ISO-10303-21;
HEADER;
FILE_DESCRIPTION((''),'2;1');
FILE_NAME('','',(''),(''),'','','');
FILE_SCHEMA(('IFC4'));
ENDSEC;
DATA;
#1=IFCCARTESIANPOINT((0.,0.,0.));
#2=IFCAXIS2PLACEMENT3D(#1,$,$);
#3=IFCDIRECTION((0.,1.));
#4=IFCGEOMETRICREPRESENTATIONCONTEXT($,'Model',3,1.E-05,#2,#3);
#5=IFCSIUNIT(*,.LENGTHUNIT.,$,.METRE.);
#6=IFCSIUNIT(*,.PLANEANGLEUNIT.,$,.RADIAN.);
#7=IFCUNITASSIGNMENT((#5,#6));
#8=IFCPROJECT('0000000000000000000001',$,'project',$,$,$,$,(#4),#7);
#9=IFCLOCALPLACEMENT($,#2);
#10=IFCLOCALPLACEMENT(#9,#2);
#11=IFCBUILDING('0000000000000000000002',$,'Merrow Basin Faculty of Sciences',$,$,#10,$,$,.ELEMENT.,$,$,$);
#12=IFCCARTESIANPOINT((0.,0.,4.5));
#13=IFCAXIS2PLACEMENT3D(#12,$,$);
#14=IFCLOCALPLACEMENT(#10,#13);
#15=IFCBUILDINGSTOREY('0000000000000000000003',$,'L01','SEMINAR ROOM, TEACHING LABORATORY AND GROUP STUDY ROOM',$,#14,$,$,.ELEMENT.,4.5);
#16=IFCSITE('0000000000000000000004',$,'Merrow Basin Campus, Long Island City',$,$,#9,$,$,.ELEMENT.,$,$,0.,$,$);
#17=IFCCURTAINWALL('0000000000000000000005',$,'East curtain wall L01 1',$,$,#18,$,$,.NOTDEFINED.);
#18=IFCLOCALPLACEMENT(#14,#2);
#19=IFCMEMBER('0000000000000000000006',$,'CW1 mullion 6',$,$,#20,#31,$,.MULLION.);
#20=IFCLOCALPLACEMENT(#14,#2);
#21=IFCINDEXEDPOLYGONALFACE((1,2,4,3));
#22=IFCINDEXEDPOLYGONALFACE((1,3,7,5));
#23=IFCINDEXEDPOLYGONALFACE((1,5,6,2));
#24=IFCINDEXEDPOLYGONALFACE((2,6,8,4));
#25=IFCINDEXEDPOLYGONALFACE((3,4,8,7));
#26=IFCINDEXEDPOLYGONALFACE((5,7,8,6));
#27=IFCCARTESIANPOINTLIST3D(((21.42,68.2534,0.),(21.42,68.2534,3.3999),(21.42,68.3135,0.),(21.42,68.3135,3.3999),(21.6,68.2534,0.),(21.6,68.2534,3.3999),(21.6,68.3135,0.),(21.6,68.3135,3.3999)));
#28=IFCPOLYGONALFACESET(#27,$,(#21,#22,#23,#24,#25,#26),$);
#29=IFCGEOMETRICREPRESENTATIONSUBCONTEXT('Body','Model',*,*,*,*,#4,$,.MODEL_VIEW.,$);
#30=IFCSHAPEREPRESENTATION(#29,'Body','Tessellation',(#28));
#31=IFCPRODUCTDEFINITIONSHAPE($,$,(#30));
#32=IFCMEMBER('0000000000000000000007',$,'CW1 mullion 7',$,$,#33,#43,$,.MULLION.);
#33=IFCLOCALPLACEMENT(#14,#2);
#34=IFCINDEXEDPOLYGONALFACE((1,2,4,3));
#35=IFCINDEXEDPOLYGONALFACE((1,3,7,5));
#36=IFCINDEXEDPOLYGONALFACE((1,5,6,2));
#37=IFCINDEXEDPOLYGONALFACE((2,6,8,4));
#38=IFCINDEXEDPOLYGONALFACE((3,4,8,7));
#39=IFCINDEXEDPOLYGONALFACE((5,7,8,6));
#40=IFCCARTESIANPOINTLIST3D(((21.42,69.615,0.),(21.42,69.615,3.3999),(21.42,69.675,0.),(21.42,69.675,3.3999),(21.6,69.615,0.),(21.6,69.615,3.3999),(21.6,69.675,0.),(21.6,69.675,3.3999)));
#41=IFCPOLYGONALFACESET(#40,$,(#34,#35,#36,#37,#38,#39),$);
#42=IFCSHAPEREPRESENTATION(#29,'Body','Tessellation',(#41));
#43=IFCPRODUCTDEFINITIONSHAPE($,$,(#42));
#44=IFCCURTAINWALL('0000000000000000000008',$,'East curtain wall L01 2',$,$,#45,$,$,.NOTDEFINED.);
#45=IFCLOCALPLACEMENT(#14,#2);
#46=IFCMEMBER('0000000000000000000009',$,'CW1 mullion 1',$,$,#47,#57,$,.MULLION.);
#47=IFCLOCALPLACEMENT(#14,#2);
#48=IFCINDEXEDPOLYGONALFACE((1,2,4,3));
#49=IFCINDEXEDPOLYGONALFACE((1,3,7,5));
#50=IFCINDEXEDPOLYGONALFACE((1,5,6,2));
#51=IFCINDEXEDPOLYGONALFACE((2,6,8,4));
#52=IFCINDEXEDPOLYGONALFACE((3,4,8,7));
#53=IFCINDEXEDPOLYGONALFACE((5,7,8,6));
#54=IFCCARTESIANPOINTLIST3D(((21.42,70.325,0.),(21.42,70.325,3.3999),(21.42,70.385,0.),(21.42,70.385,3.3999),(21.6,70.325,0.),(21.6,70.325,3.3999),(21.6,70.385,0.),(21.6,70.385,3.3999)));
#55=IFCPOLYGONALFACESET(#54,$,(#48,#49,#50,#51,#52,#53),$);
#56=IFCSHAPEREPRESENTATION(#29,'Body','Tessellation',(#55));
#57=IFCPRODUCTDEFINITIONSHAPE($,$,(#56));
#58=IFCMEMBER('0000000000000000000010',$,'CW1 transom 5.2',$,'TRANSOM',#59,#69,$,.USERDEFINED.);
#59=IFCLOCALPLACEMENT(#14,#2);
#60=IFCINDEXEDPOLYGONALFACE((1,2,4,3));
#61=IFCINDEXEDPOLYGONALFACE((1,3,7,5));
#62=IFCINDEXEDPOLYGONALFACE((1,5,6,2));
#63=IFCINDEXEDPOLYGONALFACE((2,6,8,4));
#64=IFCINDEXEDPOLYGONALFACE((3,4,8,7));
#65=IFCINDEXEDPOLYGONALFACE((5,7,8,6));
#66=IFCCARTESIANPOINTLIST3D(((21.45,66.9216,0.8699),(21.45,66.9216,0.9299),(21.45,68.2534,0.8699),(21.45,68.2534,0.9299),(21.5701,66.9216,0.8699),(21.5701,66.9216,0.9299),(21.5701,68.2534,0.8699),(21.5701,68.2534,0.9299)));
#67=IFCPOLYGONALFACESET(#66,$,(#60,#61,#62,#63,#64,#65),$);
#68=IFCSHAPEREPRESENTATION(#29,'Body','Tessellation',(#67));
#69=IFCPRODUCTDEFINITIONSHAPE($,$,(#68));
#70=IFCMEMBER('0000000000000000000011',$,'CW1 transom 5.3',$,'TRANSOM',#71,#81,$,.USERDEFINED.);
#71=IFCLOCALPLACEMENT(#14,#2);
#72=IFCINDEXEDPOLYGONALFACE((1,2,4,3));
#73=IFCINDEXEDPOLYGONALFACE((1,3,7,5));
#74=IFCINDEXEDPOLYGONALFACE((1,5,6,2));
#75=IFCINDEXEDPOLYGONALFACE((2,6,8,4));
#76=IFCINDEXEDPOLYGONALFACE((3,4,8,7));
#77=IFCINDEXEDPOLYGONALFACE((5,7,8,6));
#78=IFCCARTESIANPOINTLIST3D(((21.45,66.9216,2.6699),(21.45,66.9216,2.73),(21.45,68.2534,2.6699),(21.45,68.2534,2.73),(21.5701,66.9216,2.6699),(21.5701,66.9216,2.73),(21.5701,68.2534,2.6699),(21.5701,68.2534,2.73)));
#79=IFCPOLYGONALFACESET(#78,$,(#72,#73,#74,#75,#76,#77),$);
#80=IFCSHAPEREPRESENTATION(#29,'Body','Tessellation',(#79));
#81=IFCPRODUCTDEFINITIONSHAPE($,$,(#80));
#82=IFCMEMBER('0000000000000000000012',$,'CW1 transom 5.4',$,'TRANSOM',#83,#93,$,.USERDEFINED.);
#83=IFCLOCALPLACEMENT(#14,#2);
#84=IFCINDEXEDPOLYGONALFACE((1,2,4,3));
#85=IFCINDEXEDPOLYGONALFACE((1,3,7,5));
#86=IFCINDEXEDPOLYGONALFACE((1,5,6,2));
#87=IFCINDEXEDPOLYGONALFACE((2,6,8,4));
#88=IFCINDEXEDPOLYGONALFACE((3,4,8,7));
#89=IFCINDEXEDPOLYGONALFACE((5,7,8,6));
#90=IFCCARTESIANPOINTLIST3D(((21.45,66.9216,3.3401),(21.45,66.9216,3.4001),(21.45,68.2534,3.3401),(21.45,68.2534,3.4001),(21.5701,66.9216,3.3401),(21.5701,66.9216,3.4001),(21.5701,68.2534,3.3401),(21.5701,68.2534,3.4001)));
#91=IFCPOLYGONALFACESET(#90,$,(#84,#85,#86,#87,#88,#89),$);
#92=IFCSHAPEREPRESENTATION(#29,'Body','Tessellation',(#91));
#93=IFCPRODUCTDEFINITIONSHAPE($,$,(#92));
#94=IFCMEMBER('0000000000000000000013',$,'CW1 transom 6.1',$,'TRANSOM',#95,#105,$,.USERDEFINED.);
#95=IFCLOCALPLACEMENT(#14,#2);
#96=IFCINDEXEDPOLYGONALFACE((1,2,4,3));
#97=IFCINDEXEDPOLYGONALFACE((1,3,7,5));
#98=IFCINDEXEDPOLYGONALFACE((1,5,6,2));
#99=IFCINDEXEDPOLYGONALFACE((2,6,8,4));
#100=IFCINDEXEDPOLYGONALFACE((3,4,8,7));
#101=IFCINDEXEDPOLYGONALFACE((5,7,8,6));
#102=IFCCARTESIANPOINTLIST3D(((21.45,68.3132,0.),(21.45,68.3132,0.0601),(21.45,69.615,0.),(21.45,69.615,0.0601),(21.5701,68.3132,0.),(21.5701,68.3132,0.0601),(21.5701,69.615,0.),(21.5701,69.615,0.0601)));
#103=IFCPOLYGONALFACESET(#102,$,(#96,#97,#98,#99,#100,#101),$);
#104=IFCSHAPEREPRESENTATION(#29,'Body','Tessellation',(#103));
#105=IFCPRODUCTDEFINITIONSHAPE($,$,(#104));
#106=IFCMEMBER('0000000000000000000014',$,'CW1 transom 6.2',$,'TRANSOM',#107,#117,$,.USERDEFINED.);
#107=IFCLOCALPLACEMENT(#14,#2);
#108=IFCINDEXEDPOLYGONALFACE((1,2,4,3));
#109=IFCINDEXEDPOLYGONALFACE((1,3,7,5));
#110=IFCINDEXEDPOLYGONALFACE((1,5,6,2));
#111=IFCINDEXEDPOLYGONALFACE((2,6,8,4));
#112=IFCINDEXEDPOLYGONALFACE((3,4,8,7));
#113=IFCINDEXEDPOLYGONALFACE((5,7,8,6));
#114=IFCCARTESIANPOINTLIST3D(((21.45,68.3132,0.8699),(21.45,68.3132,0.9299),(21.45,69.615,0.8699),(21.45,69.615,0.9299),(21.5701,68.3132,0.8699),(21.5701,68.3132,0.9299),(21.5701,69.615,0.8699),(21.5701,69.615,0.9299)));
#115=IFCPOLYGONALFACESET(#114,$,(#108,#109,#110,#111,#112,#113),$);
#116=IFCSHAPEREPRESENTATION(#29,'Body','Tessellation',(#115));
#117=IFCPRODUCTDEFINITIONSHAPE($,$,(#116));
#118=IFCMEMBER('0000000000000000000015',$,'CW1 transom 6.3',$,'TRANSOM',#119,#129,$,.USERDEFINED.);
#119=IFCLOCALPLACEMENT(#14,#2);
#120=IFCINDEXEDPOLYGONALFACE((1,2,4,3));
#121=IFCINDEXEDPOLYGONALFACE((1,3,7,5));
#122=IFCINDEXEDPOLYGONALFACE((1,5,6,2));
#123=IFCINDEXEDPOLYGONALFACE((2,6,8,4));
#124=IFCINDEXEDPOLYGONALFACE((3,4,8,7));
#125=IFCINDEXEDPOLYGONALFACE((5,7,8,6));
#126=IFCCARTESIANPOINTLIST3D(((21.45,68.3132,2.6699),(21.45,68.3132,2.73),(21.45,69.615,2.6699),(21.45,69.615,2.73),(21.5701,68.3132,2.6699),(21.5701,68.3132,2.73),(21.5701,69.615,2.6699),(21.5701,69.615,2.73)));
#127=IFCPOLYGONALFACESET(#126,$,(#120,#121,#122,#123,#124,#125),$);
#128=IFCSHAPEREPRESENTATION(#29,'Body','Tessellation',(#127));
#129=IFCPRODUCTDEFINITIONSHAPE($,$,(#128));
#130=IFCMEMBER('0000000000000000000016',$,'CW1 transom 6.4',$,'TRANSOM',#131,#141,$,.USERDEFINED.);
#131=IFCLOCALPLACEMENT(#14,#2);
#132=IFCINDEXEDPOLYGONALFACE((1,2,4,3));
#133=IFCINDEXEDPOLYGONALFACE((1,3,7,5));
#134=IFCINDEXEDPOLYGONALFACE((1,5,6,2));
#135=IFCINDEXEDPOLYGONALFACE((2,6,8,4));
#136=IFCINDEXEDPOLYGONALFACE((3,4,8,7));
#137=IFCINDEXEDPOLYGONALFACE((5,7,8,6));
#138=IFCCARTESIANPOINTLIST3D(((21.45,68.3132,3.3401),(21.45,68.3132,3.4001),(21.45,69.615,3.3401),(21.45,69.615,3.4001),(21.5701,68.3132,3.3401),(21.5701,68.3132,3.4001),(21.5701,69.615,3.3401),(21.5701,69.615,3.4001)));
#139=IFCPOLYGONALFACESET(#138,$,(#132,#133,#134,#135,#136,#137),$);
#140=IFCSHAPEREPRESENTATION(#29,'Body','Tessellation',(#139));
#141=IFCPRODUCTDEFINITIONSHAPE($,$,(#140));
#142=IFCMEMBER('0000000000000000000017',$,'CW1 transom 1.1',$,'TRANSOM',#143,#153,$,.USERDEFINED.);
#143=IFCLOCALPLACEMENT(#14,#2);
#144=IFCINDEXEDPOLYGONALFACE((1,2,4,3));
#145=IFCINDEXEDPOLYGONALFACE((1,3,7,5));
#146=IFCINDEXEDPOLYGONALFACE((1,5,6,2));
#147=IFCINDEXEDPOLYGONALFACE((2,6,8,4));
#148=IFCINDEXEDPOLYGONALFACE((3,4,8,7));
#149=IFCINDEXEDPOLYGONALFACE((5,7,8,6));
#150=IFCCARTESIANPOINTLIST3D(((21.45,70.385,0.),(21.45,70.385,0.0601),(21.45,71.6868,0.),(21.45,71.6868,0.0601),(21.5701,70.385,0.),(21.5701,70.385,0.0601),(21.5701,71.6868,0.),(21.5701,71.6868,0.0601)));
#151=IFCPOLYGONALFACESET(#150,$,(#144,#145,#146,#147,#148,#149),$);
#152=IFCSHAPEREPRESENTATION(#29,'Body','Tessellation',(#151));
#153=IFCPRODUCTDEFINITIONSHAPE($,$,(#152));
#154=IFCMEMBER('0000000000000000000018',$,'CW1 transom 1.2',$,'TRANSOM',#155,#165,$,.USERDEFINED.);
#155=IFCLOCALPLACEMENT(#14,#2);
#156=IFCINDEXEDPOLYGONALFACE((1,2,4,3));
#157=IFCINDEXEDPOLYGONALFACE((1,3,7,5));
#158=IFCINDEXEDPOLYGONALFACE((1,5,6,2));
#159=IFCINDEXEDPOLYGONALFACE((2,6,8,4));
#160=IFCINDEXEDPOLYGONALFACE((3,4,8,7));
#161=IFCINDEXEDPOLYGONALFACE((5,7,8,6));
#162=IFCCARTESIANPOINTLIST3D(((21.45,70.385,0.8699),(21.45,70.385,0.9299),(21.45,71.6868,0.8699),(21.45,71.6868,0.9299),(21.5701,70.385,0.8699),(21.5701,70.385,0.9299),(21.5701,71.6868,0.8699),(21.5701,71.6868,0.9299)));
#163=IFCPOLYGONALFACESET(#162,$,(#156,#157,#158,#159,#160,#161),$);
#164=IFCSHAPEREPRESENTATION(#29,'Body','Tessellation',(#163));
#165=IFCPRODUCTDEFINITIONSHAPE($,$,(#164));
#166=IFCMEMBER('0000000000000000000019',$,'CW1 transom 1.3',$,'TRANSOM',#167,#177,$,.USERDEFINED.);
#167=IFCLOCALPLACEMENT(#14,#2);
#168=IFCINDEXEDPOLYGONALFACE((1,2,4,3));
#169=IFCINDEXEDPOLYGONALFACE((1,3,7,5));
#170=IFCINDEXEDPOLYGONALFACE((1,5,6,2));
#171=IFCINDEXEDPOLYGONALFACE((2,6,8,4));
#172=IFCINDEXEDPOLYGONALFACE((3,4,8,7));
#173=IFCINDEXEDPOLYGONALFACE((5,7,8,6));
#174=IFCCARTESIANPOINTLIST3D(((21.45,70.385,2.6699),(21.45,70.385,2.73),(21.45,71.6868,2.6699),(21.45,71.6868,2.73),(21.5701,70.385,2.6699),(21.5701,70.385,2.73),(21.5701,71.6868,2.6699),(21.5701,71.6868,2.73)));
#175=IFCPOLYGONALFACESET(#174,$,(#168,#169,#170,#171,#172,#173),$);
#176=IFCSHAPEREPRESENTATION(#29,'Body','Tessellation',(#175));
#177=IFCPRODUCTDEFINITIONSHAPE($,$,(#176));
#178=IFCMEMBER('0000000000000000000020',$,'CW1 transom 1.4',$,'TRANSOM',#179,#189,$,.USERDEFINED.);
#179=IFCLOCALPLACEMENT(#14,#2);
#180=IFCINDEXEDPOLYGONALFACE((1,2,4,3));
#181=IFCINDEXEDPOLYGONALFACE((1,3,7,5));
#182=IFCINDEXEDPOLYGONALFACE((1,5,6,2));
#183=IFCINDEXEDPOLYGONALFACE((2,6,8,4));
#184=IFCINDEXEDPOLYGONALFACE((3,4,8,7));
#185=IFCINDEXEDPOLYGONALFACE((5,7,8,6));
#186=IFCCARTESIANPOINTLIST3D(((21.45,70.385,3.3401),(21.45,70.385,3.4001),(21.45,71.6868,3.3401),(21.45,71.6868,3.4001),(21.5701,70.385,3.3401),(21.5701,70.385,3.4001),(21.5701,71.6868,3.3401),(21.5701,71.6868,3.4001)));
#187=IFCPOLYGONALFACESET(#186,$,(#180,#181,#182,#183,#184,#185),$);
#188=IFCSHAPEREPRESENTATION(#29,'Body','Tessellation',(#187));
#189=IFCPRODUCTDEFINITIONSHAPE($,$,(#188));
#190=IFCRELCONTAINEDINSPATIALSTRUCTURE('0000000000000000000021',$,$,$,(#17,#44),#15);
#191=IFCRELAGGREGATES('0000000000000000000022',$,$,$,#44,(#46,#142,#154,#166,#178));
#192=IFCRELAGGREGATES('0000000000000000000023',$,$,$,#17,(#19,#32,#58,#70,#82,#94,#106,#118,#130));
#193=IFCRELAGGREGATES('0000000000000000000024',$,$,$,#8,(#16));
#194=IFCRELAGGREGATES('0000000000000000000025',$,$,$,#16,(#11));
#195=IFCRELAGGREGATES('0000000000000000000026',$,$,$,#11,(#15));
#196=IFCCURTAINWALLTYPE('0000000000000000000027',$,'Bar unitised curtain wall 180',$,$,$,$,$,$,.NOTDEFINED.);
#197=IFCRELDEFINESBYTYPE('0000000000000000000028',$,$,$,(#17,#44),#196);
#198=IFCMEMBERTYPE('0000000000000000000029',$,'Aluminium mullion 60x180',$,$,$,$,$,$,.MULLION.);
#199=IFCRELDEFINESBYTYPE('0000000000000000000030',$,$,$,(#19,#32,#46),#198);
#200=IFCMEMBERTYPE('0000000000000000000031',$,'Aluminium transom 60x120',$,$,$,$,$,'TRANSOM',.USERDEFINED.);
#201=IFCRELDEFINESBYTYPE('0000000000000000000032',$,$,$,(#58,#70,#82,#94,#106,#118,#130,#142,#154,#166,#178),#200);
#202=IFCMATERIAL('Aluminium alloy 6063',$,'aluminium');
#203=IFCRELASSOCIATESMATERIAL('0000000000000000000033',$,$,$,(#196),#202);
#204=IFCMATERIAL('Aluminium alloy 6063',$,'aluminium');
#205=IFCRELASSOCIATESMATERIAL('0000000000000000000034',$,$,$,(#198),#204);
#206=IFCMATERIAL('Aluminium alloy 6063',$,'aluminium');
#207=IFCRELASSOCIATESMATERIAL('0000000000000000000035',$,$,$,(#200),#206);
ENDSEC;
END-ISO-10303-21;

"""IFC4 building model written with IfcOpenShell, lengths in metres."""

from ifc_helpers import new_model, si_unit, direction, frame, origin, origin_2d, place, context, subcontext, project, spatial, rectangle, extrude, material, material_profile, profile_set, type_object, element, aggregate, save


model = new_model("IFC4")

# Units and contexts
model_context = context("Model", 3, precision=1e-05, world=origin(), true_north=direction((0.0, 1.0)))
body_context = subcontext(model_context, "Body", "Model", "MODEL_VIEW")
ifc_project = project(units=[si_unit("LENGTHUNIT", "METRE"), si_unit("PLANEANGLEUNIT", "RADIAN")], contexts=[model_context])

# Site, building, storey
site_placement = place(None, origin())
site = spatial("IfcSite", under=ifc_project, at=site_placement, Name="Merrow Basin Campus, Long Island City", CompositionType="ELEMENT", RefElevation=0.0)
building_placement = place(site_placement, origin())
building = spatial("IfcBuilding", under=site, at=building_placement, Name="Merrow Basin Faculty of Sciences", CompositionType="ELEMENT")
storey_placement = place(building_placement, frame((0.0, 0.0, 4.5)))
storey = spatial("IfcBuildingStorey", under=building, at=storey_placement, Name="L01", Description="SEMINAR ROOM, TEACHING LABORATORY AND GROUP STUDY ROOM", CompositionType="ELEMENT", Elevation=4.5)

# Curtain wall, members
ifc_material_1 = material(Name="Aluminium alloy 6063", Category="aluminium")
curtain_wall_type = type_object("IfcCurtainWallType", Name="Bar unitised curtain wall 180", PredefinedType="NOTDEFINED", material=ifc_material_1)
curtain_wall_1_placement = place(storey_placement, origin())
curtain_wall_1 = element("IfcCurtainWall", 1, at=curtain_wall_1_placement, inside=storey, type_object=curtain_wall_type, Name="East curtain wall L01 1", PredefinedType="NOTDEFINED")
ifc_material_2 = material(Name="Aluminium alloy 6063", Category="aluminium")
ifc_material_profile_1 = material_profile(ifc_material_2, rectangle(XDim=0.1799, YDim=0.0601, at=origin_2d()))
ifc_profile_set_1 = profile_set([ifc_material_profile_1], Name="Aluminium alloy 6063")
member_type_1 = type_object("IfcMemberType", Name="Aluminium mullion 60x180", PredefinedType="MULLION", material=ifc_profile_set_1)
member_1_placement = place(storey_placement, frame((21.51, 68.2834, 0.0), z_axis=(0.0, 0.0, 1.0), x_axis=(-1.0, 0.0, 0.0)))
member_1 = element("IfcMember", 2, at=member_1_placement, type_object=member_type_1, Name="CW1 mullion 6", PredefinedType="MULLION", context=body_context, shape_type="SweptSolid", body=[
    extrude(rectangle(XDim=0.1799, YDim=0.0601, at=origin_2d()), origin(), (0.0, 0.0, 1.0), 3.3999),
])
member_2_placement = place(storey_placement, frame((21.51, 69.645, 0.0), z_axis=(0.0, 0.0, 1.0), x_axis=(-1.0, 0.0, 0.0)))
member_2 = element("IfcMember", 3, at=member_2_placement, type_object=member_type_1, Name="CW1 mullion 7", PredefinedType="MULLION", context=body_context, shape_type="SweptSolid", body=[
    extrude(rectangle(XDim=0.1799, YDim=0.0601, at=origin_2d()), origin(), (0.0, 0.0, 1.0), 3.3999),
])

# Curtain wall, member
curtain_wall_2_placement = place(storey_placement, origin())
curtain_wall_2 = element("IfcCurtainWall", 4, at=curtain_wall_2_placement, inside=storey, type_object=curtain_wall_type, Name="East curtain wall L01 2", PredefinedType="NOTDEFINED")
member_3_placement = place(storey_placement, frame((21.51, 70.355, 0.0), z_axis=(0.0, 0.0, 1.0), x_axis=(-1.0, 0.0, 0.0)))
member_3 = element("IfcMember", 5, at=member_3_placement, type_object=member_type_1, Name="CW1 mullion 1", PredefinedType="MULLION", context=body_context, shape_type="SweptSolid", body=[
    extrude(rectangle(XDim=0.1799, YDim=0.0601, at=origin_2d()), origin(), (0.0, 0.0, 1.0), 3.3999),
])

# Members
ifc_material_3 = material(Name="Aluminium alloy 6063", Category="aluminium")
ifc_material_profile_2 = material_profile(ifc_material_3, rectangle(XDim=0.1201, YDim=0.0601, at=origin_2d()))
ifc_profile_set_2 = profile_set([ifc_material_profile_2], Name="Aluminium alloy 6063")
member_type_2 = type_object("IfcMemberType", Name="Aluminium transom 60x120", ElementType="TRANSOM", PredefinedType="USERDEFINED", material=ifc_profile_set_2)
member_4_placement = place(storey_placement, frame((21.51, 66.9216, 0.8999), z_axis=(0.0, 1.0, 0.0), x_axis=(-1.0, 0.0, 0.0)))
member_4 = element("IfcMember", 6, at=member_4_placement, type_object=member_type_2, Name="CW1 transom 5.2", ObjectType="TRANSOM", PredefinedType="USERDEFINED", context=body_context, shape_type="SweptSolid", body=[
    extrude(rectangle(XDim=0.1201, YDim=0.0601, at=origin_2d()), origin(), (0.0, 0.0, 1.0), 1.3318),
])
member_5_placement = place(storey_placement, frame((21.51, 66.9216, 2.7), z_axis=(0.0, 1.0, 0.0), x_axis=(-1.0, 0.0, 0.0)))
member_5 = element("IfcMember", 7, at=member_5_placement, type_object=member_type_2, Name="CW1 transom 5.3", ObjectType="TRANSOM", PredefinedType="USERDEFINED", context=body_context, shape_type="SweptSolid", body=[
    extrude(rectangle(XDim=0.1201, YDim=0.0601, at=origin_2d()), origin(), (0.0, 0.0, 1.0), 1.3318),
])
member_6_placement = place(storey_placement, frame((21.51, 66.9216, 3.3701), z_axis=(0.0, 1.0, 0.0), x_axis=(-1.0, 0.0, 0.0)))
member_6 = element("IfcMember", 8, at=member_6_placement, type_object=member_type_2, Name="CW1 transom 5.4", ObjectType="TRANSOM", PredefinedType="USERDEFINED", context=body_context, shape_type="SweptSolid", body=[
    extrude(rectangle(XDim=0.1201, YDim=0.0601, at=origin_2d()), origin(), (0.0, 0.0, 1.0), 1.3318),
])
member_7_placement = place(storey_placement, frame((21.51, 68.3132, 0.03), z_axis=(0.0, 1.0, 0.0), x_axis=(-1.0, 0.0, 0.0)))
member_7 = element("IfcMember", 9, at=member_7_placement, type_object=member_type_2, Name="CW1 transom 6.1", ObjectType="TRANSOM", PredefinedType="USERDEFINED", context=body_context, shape_type="SweptSolid", body=[
    extrude(rectangle(XDim=0.1201, YDim=0.0601, at=origin_2d()), origin(), (0.0, 0.0, 1.0), 1.3018),
])
member_8_placement = place(storey_placement, frame((21.51, 68.3132, 0.8999), z_axis=(0.0, 1.0, 0.0), x_axis=(-1.0, 0.0, 0.0)))
member_8 = element("IfcMember", 10, at=member_8_placement, type_object=member_type_2, Name="CW1 transom 6.2", ObjectType="TRANSOM", PredefinedType="USERDEFINED", context=body_context, shape_type="SweptSolid", body=[
    extrude(rectangle(XDim=0.1201, YDim=0.0601, at=origin_2d()), origin(), (0.0, 0.0, 1.0), 1.3018),
])
member_9_placement = place(storey_placement, frame((21.51, 68.3132, 2.7), z_axis=(0.0, 1.0, 0.0), x_axis=(-1.0, 0.0, 0.0)))
member_9 = element("IfcMember", 11, at=member_9_placement, type_object=member_type_2, Name="CW1 transom 6.3", ObjectType="TRANSOM", PredefinedType="USERDEFINED", context=body_context, shape_type="SweptSolid", body=[
    extrude(rectangle(XDim=0.1201, YDim=0.0601, at=origin_2d()), origin(), (0.0, 0.0, 1.0), 1.3018),
])
member_10_placement = place(storey_placement, frame((21.51, 68.3132, 3.3701), z_axis=(0.0, 1.0, 0.0), x_axis=(-1.0, 0.0, 0.0)))
member_10 = element("IfcMember", 12, at=member_10_placement, type_object=member_type_2, Name="CW1 transom 6.4", ObjectType="TRANSOM", PredefinedType="USERDEFINED", context=body_context, shape_type="SweptSolid", body=[
    extrude(rectangle(XDim=0.1201, YDim=0.0601, at=origin_2d()), origin(), (0.0, 0.0, 1.0), 1.3018),
])
member_11_placement = place(storey_placement, frame((21.51, 70.385, 0.03), z_axis=(0.0, 1.0, 0.0), x_axis=(-1.0, 0.0, 0.0)))
member_11 = element("IfcMember", 13, at=member_11_placement, type_object=member_type_2, Name="CW1 transom 1.1", ObjectType="TRANSOM", PredefinedType="USERDEFINED", context=body_context, shape_type="SweptSolid", body=[
    extrude(rectangle(XDim=0.1201, YDim=0.0601, at=origin_2d()), origin(), (0.0, 0.0, 1.0), 1.3018),
])
member_12_placement = place(storey_placement, frame((21.51, 70.385, 0.8999), z_axis=(0.0, 1.0, 0.0), x_axis=(-1.0, 0.0, 0.0)))
member_12 = element("IfcMember", 14, at=member_12_placement, type_object=member_type_2, Name="CW1 transom 1.2", ObjectType="TRANSOM", PredefinedType="USERDEFINED", context=body_context, shape_type="SweptSolid", body=[
    extrude(rectangle(XDim=0.1201, YDim=0.0601, at=origin_2d()), origin(), (0.0, 0.0, 1.0), 1.3018),
])
member_13_placement = place(storey_placement, frame((21.51, 70.385, 2.7), z_axis=(0.0, 1.0, 0.0), x_axis=(-1.0, 0.0, 0.0)))
member_13 = element("IfcMember", 15, at=member_13_placement, type_object=member_type_2, Name="CW1 transom 1.3", ObjectType="TRANSOM", PredefinedType="USERDEFINED", context=body_context, shape_type="SweptSolid", body=[
    extrude(rectangle(XDim=0.1201, YDim=0.0601, at=origin_2d()), origin(), (0.0, 0.0, 1.0), 1.3018),
])
member_14_placement = place(storey_placement, frame((21.51, 70.385, 3.3701), z_axis=(0.0, 1.0, 0.0), x_axis=(-1.0, 0.0, 0.0)))
member_14 = element("IfcMember", 16, at=member_14_placement, type_object=member_type_2, Name="CW1 transom 1.4", ObjectType="TRANSOM", PredefinedType="USERDEFINED", context=body_context, shape_type="SweptSolid", body=[
    extrude(rectangle(XDim=0.1201, YDim=0.0601, at=origin_2d()), origin(), (0.0, 0.0, 1.0), 1.3018),
])
aggregate(curtain_wall_2, [member_3, member_11, member_12, member_13, member_14])

aggregate(curtain_wall_1, [member_1, member_2, member_4, member_5, member_6, member_7, member_8, member_9, member_10])

save(model, "model.ifc")
